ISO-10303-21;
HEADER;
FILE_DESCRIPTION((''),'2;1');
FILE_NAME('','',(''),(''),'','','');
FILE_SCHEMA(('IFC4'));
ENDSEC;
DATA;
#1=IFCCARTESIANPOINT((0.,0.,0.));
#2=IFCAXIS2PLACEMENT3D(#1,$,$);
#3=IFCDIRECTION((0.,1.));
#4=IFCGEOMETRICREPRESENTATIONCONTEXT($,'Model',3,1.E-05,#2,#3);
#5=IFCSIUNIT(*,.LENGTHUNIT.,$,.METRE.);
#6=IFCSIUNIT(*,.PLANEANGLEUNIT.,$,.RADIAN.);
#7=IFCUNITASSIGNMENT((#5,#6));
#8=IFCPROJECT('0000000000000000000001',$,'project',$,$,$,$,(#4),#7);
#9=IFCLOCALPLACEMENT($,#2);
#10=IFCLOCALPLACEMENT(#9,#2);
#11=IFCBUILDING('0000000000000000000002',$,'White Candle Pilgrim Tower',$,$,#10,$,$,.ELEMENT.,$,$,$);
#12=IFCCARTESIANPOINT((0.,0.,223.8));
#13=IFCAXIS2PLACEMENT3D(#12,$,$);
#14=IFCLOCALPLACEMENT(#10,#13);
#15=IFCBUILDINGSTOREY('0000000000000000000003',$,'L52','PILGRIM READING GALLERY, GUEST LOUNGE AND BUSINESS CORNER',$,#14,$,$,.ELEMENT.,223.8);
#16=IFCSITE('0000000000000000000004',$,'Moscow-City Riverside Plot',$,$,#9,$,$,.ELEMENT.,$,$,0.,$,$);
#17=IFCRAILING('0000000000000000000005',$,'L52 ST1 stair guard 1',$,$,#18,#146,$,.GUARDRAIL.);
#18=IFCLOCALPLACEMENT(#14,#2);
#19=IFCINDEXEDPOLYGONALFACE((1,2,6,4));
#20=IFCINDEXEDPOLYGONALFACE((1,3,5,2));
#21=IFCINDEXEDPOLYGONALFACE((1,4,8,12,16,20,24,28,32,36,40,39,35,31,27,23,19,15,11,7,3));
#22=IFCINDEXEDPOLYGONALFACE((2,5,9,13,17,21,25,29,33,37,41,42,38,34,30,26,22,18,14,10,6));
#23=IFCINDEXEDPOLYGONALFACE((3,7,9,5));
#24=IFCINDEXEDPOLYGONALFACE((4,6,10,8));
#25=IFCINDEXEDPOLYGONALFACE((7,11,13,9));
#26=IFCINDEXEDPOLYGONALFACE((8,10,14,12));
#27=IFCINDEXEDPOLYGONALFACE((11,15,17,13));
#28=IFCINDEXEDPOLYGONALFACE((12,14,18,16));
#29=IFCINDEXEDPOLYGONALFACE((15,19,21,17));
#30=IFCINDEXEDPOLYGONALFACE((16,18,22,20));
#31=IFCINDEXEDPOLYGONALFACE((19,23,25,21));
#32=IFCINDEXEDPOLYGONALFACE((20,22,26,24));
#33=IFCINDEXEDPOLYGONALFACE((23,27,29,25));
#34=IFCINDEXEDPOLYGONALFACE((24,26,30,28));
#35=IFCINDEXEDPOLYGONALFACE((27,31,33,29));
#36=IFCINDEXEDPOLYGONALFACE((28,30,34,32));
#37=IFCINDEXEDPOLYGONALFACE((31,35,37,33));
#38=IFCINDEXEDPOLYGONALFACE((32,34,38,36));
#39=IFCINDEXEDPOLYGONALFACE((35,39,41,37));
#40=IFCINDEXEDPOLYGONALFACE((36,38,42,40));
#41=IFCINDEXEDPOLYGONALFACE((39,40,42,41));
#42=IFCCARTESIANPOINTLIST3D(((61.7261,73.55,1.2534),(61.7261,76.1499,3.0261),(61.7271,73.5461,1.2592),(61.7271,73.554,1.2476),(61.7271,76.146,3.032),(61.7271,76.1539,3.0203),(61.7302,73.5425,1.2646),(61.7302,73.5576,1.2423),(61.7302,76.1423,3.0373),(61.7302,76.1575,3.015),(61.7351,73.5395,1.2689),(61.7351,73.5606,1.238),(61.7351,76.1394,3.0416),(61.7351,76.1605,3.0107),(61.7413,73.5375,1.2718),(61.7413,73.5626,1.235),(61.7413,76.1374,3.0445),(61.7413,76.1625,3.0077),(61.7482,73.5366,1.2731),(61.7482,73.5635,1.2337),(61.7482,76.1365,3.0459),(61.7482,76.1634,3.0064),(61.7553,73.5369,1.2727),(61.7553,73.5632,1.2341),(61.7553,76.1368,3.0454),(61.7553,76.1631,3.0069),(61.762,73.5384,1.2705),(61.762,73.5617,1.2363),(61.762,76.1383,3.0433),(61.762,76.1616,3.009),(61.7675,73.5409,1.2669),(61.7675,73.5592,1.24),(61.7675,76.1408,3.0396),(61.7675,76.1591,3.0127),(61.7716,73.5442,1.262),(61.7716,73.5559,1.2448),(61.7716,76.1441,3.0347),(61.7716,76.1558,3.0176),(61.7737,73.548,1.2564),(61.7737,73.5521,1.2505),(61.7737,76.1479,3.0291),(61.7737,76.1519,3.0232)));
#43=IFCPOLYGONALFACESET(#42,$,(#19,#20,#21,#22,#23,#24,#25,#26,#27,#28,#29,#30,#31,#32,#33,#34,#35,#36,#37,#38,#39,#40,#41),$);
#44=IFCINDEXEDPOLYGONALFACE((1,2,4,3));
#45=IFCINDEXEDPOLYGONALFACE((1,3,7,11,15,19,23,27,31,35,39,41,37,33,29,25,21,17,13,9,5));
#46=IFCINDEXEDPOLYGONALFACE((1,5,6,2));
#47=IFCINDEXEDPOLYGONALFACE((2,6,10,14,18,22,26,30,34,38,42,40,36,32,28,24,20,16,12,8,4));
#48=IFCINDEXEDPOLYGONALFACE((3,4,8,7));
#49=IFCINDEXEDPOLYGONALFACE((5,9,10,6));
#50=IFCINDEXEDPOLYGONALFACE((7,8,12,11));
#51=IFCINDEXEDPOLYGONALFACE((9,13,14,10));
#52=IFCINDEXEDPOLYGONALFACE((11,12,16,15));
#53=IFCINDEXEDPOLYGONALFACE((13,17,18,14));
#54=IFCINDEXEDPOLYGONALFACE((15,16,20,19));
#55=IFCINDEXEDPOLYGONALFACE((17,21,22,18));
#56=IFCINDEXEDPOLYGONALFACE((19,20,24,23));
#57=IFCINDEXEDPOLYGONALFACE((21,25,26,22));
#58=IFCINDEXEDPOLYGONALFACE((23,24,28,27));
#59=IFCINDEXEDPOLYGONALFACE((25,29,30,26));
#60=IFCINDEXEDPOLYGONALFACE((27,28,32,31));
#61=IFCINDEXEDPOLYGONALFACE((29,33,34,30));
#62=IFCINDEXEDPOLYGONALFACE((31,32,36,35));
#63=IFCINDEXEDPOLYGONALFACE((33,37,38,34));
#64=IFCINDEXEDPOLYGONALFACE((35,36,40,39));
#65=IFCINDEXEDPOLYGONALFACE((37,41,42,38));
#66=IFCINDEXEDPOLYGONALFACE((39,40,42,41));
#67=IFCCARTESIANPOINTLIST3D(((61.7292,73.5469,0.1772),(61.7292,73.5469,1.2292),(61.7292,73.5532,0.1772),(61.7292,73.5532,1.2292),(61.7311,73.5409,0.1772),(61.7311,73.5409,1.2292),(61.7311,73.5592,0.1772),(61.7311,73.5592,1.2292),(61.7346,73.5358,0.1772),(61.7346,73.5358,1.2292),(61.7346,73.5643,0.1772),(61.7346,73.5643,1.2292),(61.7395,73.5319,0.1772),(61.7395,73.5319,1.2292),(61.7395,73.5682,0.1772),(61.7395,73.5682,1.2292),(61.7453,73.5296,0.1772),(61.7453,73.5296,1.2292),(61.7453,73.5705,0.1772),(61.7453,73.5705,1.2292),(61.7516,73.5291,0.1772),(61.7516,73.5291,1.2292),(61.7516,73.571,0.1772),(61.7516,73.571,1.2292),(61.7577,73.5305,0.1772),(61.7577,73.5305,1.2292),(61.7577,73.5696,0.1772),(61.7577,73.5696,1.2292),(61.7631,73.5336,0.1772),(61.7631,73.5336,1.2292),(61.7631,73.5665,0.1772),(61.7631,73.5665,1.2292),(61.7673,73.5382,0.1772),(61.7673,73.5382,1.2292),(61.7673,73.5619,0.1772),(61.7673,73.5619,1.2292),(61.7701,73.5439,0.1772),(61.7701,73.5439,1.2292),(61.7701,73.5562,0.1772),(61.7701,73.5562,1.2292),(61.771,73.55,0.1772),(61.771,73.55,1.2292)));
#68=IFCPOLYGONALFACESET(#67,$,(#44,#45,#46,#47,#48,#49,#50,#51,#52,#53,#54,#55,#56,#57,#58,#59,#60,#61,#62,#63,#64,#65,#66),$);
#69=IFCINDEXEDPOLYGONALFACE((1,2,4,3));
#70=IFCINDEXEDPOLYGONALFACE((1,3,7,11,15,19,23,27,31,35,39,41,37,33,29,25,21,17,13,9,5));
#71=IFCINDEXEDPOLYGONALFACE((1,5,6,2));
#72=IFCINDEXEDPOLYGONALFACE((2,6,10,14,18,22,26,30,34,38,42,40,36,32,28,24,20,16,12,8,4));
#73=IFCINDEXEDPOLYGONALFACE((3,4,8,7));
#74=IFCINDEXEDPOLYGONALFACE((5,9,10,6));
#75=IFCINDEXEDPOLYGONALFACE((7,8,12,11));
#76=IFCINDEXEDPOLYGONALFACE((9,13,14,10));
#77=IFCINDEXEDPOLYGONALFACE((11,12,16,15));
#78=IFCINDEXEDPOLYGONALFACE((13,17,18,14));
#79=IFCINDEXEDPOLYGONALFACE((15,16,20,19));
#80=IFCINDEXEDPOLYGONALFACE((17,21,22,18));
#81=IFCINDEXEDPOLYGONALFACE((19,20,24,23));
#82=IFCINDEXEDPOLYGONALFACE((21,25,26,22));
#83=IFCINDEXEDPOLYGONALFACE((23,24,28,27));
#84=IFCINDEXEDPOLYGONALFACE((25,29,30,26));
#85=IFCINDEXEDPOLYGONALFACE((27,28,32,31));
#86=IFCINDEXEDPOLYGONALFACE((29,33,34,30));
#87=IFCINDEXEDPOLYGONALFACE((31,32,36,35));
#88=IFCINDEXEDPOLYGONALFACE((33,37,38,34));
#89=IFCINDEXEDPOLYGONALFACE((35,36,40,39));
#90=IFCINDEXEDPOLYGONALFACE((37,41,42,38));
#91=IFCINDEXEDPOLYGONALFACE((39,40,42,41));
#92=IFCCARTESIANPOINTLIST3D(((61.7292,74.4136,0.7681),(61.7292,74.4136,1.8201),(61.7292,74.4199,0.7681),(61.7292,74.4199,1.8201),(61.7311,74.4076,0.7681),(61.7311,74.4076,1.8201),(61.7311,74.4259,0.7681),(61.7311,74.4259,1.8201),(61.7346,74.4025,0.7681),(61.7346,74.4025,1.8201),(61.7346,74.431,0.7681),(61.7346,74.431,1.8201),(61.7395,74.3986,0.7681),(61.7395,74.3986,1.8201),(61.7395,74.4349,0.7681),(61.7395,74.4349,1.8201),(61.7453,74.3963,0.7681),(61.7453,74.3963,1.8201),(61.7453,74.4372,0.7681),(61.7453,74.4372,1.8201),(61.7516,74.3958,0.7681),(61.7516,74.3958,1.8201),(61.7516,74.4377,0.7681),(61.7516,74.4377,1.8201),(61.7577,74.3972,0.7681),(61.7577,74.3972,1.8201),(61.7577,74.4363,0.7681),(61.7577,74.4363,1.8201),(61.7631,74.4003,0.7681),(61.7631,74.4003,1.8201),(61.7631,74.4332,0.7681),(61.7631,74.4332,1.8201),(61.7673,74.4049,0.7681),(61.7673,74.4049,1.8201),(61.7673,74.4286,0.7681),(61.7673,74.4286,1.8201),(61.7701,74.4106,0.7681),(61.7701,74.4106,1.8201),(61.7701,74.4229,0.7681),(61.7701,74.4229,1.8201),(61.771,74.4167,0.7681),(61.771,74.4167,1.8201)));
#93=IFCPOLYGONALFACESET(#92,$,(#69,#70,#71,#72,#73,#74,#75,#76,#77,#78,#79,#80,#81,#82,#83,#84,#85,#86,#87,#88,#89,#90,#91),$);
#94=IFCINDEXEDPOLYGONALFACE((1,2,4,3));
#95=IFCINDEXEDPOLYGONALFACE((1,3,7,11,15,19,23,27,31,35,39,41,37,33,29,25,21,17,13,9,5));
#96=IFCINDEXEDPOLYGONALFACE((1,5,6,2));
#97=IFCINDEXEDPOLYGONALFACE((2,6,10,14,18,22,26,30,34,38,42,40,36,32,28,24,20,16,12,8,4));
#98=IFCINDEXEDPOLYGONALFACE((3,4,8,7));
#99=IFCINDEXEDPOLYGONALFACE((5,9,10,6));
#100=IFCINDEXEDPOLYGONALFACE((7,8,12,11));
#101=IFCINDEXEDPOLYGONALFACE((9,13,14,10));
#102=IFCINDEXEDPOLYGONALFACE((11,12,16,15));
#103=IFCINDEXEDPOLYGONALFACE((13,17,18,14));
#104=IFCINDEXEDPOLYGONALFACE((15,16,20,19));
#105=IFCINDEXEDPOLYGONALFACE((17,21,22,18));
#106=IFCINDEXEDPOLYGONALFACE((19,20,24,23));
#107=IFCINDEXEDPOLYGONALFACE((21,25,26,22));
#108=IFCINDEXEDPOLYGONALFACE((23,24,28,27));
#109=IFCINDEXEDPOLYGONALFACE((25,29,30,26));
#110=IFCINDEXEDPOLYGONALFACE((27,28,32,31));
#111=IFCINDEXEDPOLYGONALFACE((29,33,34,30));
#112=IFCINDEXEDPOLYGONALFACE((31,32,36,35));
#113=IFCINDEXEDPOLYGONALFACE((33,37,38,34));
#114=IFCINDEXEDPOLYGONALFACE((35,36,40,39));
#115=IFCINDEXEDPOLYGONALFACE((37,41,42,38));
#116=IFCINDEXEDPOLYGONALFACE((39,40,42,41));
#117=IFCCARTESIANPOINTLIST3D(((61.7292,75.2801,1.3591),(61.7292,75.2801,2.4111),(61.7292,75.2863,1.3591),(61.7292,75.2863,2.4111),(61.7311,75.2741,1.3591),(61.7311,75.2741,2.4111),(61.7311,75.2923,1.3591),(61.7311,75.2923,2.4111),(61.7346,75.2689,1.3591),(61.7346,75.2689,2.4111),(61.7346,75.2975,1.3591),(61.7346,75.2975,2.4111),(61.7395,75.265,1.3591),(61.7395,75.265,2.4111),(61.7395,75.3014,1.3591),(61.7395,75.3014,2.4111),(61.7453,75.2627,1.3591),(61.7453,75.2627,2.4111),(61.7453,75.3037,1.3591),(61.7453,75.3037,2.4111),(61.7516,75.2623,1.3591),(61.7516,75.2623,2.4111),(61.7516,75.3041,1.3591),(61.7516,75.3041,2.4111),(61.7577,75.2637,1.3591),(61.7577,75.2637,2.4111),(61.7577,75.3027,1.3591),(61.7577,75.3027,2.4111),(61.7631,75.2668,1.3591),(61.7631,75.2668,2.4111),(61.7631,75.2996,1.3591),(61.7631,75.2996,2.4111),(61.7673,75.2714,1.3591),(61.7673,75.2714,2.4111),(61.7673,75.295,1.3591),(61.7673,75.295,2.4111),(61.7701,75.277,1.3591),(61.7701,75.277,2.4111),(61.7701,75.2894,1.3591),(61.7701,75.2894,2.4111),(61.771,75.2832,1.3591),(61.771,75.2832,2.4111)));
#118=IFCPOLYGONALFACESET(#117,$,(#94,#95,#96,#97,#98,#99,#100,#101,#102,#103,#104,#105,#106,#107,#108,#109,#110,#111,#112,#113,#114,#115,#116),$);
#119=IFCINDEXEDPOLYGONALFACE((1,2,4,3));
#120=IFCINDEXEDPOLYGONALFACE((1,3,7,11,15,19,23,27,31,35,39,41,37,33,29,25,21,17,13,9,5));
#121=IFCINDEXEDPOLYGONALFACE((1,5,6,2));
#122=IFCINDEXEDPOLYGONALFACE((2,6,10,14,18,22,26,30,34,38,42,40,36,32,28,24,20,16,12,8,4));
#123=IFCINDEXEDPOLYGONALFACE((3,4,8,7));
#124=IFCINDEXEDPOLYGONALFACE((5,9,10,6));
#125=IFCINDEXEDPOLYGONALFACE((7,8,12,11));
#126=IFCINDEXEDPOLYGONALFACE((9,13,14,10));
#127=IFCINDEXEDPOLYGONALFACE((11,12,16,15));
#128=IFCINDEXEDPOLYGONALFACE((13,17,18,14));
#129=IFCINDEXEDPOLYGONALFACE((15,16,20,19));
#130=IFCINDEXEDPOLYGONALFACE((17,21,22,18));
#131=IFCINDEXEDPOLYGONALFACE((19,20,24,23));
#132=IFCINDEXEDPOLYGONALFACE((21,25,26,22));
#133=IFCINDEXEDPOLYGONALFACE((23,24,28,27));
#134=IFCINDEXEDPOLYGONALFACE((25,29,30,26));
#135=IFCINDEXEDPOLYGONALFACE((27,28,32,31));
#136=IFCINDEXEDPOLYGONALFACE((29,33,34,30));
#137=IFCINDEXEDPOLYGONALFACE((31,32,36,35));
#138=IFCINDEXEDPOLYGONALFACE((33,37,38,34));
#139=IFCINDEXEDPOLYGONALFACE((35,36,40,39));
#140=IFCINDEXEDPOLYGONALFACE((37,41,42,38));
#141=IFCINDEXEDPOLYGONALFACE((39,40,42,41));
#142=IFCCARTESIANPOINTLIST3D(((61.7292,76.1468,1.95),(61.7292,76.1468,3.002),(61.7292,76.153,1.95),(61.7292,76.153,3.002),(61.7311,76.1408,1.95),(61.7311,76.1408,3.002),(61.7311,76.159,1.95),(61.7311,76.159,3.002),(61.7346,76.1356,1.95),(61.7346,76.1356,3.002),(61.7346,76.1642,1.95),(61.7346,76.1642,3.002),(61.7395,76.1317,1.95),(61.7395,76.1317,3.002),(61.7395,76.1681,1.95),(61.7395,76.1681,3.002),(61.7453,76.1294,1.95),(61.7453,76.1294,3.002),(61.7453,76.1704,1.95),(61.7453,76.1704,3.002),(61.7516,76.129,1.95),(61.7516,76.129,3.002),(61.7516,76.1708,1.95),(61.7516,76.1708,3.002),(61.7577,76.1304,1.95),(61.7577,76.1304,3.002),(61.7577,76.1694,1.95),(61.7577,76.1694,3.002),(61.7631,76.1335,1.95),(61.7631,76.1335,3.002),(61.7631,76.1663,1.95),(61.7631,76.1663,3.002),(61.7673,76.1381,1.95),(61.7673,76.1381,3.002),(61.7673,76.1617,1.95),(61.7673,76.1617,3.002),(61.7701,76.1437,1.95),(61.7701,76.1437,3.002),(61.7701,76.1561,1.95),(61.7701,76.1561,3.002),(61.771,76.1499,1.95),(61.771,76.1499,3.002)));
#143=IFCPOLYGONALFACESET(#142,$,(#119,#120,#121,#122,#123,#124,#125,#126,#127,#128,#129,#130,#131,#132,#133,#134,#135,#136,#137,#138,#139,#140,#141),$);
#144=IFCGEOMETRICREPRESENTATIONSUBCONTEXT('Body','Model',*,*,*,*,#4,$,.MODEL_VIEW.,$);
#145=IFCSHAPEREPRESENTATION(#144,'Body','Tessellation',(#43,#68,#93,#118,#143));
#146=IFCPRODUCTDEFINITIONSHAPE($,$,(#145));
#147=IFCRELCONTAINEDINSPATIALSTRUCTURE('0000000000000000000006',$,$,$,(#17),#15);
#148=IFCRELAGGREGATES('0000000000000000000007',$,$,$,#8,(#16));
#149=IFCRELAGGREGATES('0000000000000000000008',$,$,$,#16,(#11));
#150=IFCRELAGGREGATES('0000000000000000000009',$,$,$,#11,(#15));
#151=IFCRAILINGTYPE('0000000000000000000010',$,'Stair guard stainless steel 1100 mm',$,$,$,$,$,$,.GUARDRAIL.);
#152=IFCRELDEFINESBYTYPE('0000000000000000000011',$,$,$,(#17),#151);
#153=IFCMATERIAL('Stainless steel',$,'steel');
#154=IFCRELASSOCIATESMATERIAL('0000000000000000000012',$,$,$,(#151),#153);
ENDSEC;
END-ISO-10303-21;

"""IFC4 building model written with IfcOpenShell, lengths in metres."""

from ifc_helpers import new_model, si_unit, direction, frame, origin, origin_2d, place, context, subcontext, project, spatial, circle, extrude, material, type_object, element, save


model = new_model("IFC4")

# Units and contexts
model_context = context("Model", 3, precision=1e-05, world=origin(), true_north=direction((0.0, 1.0)))
body_context = subcontext(model_context, "Body", "Model", "MODEL_VIEW")
ifc_project = project(units=[si_unit("LENGTHUNIT", "METRE"), si_unit("PLANEANGLEUNIT", "RADIAN")], contexts=[model_context])

# Site, building, storey
site_placement = place(None, origin())
site = spatial("IfcSite", under=ifc_project, at=site_placement, Name="Moscow-City Riverside Plot", CompositionType="ELEMENT", RefElevation=0.0)
building_placement = place(site_placement, origin())
building = spatial("IfcBuilding", under=site, at=building_placement, Name="White Candle Pilgrim Tower", CompositionType="ELEMENT")
storey_placement = place(building_placement, frame((0.0, 0.0, 223.8)))
storey = spatial("IfcBuildingStorey", under=building, at=storey_placement, Name="L52", Description="PILGRIM READING GALLERY, GUEST LOUNGE AND BUSINESS CORNER", CompositionType="ELEMENT", Elevation=223.8)

# Railing
ifc_material_1 = material(Name="Stainless steel", Category="steel")
railing_type_1 = type_object("IfcRailingType", Name="Stair guard stainless steel 1100 mm", PredefinedType="GUARDRAIL", material=ifc_material_1)
railing_1_placement = place(storey_placement, frame((61.75, 73.55, 0.1772)))
element("IfcRailing", 1, at=railing_1_placement, inside=storey, type_object=railing_type_1, Name="L52 ST1 stair guard 1", PredefinedType="GUARDRAIL", context=body_context, shape_type="SweptSolid", body=[
    extrude(circle(Radius=0.0239, at=origin_2d()), frame((0.0, 0.0, 1.0762), z_axis=(0.0, 0.826216, 0.563354), x_axis=(-1.0, 0.0, 0.0)), (0.0, 0.0, 1.0), 3.1467),
    extrude(circle(Radius=0.021, at=origin_2d()), origin(), (0.0, 0.0, 1.0), 1.052),
    extrude(circle(Radius=0.021, at=origin_2d()), frame((0.0, 0.8667, 0.5908)), (0.0, 0.0, 1.0), 1.052),
    extrude(circle(Radius=0.021, at=origin_2d()), frame((0.0, 1.7332, 1.1819)), (0.0, 0.0, 1.0), 1.052),
    extrude(circle(Radius=0.021, at=origin_2d()), frame((0.0, 2.5999, 1.7727)), (0.0, 0.0, 1.0), 1.052),
])

save(model, "model.ifc")
